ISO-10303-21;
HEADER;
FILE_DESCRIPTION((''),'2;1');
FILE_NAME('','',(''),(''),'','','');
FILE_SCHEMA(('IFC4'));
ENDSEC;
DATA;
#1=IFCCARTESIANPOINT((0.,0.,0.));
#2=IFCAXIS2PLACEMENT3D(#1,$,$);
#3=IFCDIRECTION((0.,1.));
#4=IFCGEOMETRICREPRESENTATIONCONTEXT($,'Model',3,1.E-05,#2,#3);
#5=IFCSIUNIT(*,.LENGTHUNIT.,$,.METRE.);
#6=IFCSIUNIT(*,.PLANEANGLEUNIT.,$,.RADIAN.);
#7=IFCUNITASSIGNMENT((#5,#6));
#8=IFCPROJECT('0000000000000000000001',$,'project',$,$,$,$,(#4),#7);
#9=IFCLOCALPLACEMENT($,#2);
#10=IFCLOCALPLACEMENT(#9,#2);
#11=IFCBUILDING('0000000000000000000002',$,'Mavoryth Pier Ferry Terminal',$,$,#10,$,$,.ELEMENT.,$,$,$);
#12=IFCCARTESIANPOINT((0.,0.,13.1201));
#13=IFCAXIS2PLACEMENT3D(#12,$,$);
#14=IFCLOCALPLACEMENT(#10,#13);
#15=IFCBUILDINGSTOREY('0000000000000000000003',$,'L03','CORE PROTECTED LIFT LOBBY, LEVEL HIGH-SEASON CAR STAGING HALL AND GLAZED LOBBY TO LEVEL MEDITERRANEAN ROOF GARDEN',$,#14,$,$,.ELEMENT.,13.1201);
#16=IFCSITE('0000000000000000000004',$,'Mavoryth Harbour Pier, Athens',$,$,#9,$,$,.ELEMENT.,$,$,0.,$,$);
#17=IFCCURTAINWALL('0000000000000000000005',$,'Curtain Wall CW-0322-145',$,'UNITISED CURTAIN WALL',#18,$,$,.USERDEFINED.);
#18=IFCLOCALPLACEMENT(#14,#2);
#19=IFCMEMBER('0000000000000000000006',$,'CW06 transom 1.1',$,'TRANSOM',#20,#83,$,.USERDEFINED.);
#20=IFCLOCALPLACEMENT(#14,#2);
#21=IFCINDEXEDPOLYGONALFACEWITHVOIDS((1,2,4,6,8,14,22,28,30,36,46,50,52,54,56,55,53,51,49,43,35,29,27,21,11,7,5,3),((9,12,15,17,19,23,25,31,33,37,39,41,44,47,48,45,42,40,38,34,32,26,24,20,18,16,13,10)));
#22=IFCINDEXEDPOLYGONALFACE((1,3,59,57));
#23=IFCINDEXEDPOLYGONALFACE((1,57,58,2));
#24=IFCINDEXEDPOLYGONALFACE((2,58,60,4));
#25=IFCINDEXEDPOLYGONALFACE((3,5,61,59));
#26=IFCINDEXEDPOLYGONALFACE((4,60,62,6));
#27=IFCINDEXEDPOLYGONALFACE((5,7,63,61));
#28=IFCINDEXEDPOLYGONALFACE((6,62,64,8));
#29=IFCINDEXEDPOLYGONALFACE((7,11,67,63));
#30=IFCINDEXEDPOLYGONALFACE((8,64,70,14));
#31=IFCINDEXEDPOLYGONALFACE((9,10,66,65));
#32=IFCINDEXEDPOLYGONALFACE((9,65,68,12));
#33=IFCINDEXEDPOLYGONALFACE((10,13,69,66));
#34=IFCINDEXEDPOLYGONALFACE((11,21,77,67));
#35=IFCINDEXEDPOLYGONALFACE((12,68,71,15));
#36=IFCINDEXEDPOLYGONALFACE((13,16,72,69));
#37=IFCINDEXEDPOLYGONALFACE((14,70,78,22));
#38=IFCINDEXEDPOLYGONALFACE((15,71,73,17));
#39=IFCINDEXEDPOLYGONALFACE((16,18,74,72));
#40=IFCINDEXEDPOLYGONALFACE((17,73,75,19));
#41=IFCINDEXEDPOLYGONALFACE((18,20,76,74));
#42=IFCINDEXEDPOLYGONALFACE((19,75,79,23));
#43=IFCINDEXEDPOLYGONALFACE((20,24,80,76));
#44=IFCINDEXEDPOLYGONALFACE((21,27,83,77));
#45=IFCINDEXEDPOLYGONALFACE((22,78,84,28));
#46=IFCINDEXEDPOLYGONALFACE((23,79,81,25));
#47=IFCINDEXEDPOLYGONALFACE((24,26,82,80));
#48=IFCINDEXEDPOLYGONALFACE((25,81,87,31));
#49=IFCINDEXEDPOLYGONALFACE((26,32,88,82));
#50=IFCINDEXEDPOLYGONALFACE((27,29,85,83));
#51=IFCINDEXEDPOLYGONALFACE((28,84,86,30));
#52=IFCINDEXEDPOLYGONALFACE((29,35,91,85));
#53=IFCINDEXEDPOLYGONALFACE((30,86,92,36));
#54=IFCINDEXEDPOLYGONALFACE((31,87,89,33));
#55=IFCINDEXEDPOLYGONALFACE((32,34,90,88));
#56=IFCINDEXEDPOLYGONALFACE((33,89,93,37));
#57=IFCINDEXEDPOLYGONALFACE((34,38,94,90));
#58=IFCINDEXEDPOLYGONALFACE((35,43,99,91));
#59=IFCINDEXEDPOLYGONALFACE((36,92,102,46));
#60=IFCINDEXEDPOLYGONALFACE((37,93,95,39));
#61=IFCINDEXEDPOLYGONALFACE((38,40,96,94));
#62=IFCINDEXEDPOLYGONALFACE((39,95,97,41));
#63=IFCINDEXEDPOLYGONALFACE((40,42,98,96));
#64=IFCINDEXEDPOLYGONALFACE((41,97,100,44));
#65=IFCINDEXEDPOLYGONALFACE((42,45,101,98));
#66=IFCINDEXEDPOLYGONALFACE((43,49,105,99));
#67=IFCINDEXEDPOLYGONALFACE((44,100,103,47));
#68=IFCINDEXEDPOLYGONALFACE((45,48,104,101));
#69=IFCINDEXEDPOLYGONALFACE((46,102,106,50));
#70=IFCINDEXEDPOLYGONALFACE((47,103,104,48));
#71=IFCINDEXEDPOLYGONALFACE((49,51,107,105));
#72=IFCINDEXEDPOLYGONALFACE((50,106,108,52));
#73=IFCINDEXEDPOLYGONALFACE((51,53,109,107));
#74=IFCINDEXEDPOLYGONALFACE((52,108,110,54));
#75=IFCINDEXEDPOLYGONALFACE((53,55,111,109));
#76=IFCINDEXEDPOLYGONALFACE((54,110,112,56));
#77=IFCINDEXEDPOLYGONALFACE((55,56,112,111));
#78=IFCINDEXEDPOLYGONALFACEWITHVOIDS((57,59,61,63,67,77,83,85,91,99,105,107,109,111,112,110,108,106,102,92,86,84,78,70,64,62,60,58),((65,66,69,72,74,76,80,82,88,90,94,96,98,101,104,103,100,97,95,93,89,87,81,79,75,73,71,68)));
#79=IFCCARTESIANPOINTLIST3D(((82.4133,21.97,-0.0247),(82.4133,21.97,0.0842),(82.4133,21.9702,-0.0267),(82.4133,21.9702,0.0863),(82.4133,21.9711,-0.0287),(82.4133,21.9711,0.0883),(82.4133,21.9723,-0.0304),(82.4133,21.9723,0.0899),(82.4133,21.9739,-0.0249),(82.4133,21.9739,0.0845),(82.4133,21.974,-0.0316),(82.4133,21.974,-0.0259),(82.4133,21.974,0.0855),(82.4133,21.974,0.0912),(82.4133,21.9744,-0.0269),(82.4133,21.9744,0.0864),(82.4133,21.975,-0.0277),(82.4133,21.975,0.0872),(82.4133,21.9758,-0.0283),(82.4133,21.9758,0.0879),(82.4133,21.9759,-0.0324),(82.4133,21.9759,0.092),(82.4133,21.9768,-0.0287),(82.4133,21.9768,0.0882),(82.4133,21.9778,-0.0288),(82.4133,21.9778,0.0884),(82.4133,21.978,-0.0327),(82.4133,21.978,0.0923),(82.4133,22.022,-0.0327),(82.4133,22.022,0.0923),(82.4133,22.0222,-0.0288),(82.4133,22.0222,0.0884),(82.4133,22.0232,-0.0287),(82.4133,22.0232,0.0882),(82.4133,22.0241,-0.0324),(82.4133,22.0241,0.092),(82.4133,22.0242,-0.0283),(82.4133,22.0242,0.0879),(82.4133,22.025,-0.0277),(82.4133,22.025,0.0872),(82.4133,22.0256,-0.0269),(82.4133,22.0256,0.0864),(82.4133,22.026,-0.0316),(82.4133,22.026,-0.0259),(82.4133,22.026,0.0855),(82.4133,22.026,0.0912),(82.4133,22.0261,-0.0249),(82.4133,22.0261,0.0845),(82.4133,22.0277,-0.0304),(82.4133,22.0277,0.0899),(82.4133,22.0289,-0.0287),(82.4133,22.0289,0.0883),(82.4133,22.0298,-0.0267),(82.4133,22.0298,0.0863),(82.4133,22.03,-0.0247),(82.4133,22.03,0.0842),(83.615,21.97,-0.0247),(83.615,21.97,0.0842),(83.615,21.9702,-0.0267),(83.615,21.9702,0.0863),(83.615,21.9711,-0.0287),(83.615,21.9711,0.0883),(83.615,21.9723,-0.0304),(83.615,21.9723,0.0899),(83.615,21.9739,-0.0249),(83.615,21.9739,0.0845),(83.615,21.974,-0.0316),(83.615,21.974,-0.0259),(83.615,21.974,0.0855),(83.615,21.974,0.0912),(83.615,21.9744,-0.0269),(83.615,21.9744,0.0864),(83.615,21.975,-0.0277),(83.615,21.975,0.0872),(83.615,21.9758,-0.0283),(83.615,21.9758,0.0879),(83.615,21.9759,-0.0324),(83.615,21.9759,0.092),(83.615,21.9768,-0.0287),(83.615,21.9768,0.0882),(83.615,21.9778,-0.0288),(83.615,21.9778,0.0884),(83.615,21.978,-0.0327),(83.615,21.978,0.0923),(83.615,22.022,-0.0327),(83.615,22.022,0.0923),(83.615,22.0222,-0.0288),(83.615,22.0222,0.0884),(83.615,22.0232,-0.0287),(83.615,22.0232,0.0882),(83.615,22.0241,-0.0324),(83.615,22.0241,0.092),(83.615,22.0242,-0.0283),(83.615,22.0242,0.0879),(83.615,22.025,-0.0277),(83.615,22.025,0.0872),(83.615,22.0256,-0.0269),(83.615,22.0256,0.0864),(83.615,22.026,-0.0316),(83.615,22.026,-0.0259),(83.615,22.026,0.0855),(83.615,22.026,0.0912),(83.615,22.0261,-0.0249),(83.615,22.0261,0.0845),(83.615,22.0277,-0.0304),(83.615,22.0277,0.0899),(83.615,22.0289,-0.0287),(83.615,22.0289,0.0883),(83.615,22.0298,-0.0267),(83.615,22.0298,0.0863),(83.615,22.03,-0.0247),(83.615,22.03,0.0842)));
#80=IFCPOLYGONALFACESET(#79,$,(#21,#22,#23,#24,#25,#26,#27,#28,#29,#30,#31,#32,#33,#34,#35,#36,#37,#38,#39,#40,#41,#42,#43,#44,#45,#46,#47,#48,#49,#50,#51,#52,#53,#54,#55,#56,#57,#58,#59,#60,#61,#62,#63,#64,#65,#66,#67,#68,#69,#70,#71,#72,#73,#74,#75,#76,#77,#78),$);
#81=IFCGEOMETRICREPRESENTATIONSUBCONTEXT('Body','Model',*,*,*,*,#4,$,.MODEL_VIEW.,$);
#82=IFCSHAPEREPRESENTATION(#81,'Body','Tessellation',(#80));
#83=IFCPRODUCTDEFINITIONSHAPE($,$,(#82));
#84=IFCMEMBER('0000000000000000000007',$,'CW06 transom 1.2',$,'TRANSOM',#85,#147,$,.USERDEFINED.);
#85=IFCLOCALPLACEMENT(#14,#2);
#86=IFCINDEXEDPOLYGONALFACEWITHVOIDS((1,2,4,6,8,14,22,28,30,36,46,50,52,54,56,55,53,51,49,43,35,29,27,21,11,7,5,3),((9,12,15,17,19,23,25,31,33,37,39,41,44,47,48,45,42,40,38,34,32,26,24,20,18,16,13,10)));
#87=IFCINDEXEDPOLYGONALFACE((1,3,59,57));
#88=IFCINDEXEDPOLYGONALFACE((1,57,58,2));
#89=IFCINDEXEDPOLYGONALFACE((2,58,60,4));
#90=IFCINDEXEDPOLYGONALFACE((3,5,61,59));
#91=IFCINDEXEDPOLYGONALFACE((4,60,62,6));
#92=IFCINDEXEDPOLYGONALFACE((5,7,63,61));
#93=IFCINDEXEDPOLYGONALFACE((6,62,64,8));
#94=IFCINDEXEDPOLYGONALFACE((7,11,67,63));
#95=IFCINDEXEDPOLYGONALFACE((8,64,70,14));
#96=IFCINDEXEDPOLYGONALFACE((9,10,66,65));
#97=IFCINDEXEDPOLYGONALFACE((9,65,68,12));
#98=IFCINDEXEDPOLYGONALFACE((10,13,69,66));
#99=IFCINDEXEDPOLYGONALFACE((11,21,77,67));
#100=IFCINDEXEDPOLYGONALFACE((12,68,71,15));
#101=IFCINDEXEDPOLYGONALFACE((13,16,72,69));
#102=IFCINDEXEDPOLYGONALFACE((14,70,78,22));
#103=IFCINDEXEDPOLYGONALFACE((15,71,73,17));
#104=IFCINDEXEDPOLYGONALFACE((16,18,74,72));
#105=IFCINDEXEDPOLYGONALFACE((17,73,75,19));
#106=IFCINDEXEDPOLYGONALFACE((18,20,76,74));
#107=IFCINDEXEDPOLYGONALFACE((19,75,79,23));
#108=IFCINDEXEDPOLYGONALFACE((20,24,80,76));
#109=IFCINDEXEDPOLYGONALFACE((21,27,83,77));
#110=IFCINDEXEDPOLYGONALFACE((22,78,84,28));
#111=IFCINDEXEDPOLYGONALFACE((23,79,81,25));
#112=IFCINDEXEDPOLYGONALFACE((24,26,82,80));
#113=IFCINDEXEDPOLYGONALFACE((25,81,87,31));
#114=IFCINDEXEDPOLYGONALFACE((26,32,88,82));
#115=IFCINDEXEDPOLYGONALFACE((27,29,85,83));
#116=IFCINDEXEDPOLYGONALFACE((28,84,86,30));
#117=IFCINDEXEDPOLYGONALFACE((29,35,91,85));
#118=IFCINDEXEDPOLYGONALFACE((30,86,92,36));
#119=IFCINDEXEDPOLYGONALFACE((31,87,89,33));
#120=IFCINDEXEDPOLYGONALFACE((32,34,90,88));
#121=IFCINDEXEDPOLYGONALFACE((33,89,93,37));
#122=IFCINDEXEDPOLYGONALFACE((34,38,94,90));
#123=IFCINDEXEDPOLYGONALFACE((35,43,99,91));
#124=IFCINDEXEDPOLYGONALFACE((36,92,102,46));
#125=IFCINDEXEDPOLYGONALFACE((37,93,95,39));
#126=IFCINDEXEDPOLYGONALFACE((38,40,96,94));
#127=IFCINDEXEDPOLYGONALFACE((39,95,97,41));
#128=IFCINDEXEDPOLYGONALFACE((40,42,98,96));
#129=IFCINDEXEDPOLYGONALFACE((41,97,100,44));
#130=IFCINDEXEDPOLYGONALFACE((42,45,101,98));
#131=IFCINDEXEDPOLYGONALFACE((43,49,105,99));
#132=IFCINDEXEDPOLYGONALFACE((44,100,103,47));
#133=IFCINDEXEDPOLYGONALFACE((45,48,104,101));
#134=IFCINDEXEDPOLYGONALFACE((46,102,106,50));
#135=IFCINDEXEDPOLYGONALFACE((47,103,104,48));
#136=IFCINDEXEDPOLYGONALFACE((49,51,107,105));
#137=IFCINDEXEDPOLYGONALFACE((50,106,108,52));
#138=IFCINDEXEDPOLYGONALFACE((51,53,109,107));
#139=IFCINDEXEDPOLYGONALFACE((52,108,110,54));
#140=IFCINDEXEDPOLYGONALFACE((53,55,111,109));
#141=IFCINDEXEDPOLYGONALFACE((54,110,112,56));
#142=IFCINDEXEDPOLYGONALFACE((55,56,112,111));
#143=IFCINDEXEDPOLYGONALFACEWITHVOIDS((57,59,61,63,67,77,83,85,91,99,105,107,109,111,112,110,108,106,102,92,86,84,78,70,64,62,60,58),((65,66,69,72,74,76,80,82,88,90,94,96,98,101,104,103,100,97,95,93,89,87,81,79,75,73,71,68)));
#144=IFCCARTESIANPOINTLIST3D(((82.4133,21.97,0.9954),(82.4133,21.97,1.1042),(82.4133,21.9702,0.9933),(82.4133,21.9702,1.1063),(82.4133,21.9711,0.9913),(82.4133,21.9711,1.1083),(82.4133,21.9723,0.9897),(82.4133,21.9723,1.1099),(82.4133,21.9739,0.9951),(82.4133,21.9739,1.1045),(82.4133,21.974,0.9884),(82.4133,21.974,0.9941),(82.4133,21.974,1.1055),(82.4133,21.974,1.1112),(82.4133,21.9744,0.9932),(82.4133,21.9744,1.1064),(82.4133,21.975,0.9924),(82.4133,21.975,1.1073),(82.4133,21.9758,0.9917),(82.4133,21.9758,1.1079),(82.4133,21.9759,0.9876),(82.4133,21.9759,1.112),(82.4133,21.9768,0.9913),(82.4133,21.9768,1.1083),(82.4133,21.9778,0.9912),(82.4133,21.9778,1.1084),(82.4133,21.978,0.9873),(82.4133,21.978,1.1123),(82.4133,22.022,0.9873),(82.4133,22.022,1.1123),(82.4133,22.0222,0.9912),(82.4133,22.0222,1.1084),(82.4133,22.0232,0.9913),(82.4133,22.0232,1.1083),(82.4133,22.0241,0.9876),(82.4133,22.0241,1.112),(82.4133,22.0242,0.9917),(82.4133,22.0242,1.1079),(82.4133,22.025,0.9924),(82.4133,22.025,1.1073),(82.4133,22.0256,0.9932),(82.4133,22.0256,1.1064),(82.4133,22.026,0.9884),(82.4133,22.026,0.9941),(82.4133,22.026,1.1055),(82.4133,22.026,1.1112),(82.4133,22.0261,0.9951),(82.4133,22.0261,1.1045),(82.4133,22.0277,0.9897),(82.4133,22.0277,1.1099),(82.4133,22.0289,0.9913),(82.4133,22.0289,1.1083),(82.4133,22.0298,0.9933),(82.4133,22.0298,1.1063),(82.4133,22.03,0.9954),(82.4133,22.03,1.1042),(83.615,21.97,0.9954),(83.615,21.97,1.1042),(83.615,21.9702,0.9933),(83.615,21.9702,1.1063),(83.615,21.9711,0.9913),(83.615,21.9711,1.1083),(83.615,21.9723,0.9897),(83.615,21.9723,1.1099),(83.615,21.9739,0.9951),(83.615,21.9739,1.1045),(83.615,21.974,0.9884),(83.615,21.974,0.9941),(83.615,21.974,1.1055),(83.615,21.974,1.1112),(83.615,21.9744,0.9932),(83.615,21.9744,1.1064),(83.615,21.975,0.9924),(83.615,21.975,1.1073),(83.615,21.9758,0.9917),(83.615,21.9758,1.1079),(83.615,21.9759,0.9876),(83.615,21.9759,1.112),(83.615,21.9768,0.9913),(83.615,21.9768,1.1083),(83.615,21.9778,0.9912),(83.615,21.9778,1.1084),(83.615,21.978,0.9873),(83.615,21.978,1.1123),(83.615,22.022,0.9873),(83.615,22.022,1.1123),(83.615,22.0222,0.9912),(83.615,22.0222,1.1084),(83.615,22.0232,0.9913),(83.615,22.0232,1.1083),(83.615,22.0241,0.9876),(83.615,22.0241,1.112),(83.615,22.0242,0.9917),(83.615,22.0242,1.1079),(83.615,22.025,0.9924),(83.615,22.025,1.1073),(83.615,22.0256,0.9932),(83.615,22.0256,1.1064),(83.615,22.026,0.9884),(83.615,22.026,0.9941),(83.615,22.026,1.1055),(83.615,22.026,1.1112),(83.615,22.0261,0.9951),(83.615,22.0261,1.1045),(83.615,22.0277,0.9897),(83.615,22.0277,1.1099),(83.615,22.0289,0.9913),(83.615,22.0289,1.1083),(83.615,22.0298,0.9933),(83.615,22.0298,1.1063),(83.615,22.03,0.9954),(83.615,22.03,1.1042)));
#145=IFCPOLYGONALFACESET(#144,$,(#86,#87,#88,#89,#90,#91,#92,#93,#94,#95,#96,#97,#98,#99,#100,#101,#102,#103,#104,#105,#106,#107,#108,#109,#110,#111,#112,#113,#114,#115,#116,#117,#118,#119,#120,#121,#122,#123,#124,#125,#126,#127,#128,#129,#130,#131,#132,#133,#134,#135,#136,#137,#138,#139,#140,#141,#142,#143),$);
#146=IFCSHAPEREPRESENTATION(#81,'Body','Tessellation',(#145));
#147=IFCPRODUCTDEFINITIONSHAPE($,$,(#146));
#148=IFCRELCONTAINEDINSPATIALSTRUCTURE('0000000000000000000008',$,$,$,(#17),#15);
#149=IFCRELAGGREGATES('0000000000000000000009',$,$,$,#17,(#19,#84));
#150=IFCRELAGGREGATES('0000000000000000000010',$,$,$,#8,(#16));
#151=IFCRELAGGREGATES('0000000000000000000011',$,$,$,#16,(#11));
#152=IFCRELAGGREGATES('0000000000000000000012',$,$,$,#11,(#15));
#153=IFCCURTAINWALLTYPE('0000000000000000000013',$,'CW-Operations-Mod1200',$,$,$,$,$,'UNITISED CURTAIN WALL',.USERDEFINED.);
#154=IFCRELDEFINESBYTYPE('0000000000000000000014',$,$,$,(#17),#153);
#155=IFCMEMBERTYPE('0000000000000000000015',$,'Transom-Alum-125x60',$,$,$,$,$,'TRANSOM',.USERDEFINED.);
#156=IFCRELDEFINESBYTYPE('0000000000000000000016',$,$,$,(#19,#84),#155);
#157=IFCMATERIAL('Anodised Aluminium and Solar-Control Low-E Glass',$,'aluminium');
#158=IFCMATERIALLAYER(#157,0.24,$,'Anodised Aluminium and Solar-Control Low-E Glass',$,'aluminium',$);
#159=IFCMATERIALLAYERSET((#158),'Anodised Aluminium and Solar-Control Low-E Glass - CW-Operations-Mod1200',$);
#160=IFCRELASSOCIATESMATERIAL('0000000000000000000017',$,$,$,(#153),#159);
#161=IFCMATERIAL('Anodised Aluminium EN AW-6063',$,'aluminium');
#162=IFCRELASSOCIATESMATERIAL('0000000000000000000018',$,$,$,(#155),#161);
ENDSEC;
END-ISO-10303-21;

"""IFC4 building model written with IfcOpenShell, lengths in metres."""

from ifc_helpers import new_model, si_unit, direction, frame, origin, origin_2d, place, context, subcontext, project, spatial, hollow_rectangle, extrude, material, layer, layer_set, material_profile, profile_set, type_object, element, aggregate, save


model = new_model("IFC4")

# Units and contexts
model_context = context("Model", 3, precision=1e-05, world=origin(), true_north=direction((0.0, 1.0)))
body_context = subcontext(model_context, "Body", "Model", "MODEL_VIEW")
ifc_project = project(units=[si_unit("LENGTHUNIT", "METRE"), si_unit("PLANEANGLEUNIT", "RADIAN")], contexts=[model_context])

# Site, building, storey
site_placement = place(None, origin())
site = spatial("IfcSite", under=ifc_project, at=site_placement, Name="Mavoryth Harbour Pier, Athens", CompositionType="ELEMENT", RefElevation=0.0)
building_placement = place(site_placement, origin())
building = spatial("IfcBuilding", under=site, at=building_placement, Name="Mavoryth Pier Ferry Terminal", CompositionType="ELEMENT")
storey_placement = place(building_placement, frame((0.0, 0.0, 13.1201)))
storey = spatial("IfcBuildingStorey", under=building, at=storey_placement, Name="L03", Description="CORE PROTECTED LIFT LOBBY, LEVEL HIGH-SEASON CAR STAGING HALL AND GLAZED LOBBY TO LEVEL MEDITERRANEAN ROOF GARDEN", CompositionType="ELEMENT", Elevation=13.1201)

# Curtain wall
ifc_material_1 = material(Name="Anodised Aluminium and Solar-Control Low-E Glass", Category="aluminium")
ifc_layer_1 = layer(ifc_material_1, 0.24, Name="Anodised Aluminium and Solar-Control Low-E Glass", Category="aluminium")
ifc_layer_set_1 = layer_set([ifc_layer_1], Name="Anodised Aluminium and Solar-Control Low-E Glass - CW-Operations-Mod1200")
curtain_wall_type = type_object("IfcCurtainWallType", Name="CW-Operations-Mod1200", ElementType="UNITISED CURTAIN WALL", PredefinedType="USERDEFINED", material=ifc_layer_set_1)
curtain_wall_placement = place(storey_placement, origin())
curtain_wall = element("IfcCurtainWall", 1, at=curtain_wall_placement, inside=storey, type_object=curtain_wall_type, Name="Curtain Wall CW-0322-145", ObjectType="UNITISED CURTAIN WALL", PredefinedType="USERDEFINED")
ifc_material_2 = material(Name="Anodised Aluminium EN AW-6063", Category="aluminium")

# Members
ifc_material_profile_1 = material_profile(ifc_material_2, hollow_rectangle(XDim=0.0601, YDim=0.125, WallThickness=0.0039, InnerFilletRadius=0.0039, OuterFilletRadius=0.0081, at=origin_2d()), Name="AL-TRAN 125x60x4", Category="aluminium")
ifc_profile_set_1 = profile_set([ifc_material_profile_1], Name="Anodised Aluminium EN AW-6063 - AL-TRAN 125x60x4")
member_type_1 = type_object("IfcMemberType", Name="Transom-Alum-125x60", ElementType="TRANSOM", PredefinedType="USERDEFINED", material=ifc_profile_set_1)
member_1_placement = place(storey_placement, frame((83.615, 22.0, 0.0298), z_axis=(-1.0, 0.0, 0.0), x_axis=(0.0, -1.0, 0.0)))
member_1 = element("IfcMember", 2, at=member_1_placement, type_object=member_type_1, Name="CW06 transom 1.1", ObjectType="TRANSOM", PredefinedType="USERDEFINED", context=body_context, shape_type="SweptSolid", body=[
    extrude(hollow_rectangle(XDim=0.0601, YDim=0.125, WallThickness=0.0039, InnerFilletRadius=0.0039, OuterFilletRadius=0.0081, at=origin_2d()), origin(), (0.0, 0.0, 1.0), 1.2017),
])
member_2_placement = place(storey_placement, frame((83.615, 22.0, 1.0498), z_axis=(-1.0, 0.0, 0.0), x_axis=(0.0, -1.0, 0.0)))
member_2 = element("IfcMember", 3, at=member_2_placement, type_object=member_type_1, Name="CW06 transom 1.2", ObjectType="TRANSOM", PredefinedType="USERDEFINED", context=body_context, shape_type="SweptSolid", body=[
    extrude(hollow_rectangle(XDim=0.0601, YDim=0.125, WallThickness=0.0039, InnerFilletRadius=0.0039, OuterFilletRadius=0.0081, at=origin_2d()), origin(), (0.0, 0.0, 1.0), 1.2017),
])

aggregate(curtain_wall, [member_1, member_2])

save(model, "model.ifc")
